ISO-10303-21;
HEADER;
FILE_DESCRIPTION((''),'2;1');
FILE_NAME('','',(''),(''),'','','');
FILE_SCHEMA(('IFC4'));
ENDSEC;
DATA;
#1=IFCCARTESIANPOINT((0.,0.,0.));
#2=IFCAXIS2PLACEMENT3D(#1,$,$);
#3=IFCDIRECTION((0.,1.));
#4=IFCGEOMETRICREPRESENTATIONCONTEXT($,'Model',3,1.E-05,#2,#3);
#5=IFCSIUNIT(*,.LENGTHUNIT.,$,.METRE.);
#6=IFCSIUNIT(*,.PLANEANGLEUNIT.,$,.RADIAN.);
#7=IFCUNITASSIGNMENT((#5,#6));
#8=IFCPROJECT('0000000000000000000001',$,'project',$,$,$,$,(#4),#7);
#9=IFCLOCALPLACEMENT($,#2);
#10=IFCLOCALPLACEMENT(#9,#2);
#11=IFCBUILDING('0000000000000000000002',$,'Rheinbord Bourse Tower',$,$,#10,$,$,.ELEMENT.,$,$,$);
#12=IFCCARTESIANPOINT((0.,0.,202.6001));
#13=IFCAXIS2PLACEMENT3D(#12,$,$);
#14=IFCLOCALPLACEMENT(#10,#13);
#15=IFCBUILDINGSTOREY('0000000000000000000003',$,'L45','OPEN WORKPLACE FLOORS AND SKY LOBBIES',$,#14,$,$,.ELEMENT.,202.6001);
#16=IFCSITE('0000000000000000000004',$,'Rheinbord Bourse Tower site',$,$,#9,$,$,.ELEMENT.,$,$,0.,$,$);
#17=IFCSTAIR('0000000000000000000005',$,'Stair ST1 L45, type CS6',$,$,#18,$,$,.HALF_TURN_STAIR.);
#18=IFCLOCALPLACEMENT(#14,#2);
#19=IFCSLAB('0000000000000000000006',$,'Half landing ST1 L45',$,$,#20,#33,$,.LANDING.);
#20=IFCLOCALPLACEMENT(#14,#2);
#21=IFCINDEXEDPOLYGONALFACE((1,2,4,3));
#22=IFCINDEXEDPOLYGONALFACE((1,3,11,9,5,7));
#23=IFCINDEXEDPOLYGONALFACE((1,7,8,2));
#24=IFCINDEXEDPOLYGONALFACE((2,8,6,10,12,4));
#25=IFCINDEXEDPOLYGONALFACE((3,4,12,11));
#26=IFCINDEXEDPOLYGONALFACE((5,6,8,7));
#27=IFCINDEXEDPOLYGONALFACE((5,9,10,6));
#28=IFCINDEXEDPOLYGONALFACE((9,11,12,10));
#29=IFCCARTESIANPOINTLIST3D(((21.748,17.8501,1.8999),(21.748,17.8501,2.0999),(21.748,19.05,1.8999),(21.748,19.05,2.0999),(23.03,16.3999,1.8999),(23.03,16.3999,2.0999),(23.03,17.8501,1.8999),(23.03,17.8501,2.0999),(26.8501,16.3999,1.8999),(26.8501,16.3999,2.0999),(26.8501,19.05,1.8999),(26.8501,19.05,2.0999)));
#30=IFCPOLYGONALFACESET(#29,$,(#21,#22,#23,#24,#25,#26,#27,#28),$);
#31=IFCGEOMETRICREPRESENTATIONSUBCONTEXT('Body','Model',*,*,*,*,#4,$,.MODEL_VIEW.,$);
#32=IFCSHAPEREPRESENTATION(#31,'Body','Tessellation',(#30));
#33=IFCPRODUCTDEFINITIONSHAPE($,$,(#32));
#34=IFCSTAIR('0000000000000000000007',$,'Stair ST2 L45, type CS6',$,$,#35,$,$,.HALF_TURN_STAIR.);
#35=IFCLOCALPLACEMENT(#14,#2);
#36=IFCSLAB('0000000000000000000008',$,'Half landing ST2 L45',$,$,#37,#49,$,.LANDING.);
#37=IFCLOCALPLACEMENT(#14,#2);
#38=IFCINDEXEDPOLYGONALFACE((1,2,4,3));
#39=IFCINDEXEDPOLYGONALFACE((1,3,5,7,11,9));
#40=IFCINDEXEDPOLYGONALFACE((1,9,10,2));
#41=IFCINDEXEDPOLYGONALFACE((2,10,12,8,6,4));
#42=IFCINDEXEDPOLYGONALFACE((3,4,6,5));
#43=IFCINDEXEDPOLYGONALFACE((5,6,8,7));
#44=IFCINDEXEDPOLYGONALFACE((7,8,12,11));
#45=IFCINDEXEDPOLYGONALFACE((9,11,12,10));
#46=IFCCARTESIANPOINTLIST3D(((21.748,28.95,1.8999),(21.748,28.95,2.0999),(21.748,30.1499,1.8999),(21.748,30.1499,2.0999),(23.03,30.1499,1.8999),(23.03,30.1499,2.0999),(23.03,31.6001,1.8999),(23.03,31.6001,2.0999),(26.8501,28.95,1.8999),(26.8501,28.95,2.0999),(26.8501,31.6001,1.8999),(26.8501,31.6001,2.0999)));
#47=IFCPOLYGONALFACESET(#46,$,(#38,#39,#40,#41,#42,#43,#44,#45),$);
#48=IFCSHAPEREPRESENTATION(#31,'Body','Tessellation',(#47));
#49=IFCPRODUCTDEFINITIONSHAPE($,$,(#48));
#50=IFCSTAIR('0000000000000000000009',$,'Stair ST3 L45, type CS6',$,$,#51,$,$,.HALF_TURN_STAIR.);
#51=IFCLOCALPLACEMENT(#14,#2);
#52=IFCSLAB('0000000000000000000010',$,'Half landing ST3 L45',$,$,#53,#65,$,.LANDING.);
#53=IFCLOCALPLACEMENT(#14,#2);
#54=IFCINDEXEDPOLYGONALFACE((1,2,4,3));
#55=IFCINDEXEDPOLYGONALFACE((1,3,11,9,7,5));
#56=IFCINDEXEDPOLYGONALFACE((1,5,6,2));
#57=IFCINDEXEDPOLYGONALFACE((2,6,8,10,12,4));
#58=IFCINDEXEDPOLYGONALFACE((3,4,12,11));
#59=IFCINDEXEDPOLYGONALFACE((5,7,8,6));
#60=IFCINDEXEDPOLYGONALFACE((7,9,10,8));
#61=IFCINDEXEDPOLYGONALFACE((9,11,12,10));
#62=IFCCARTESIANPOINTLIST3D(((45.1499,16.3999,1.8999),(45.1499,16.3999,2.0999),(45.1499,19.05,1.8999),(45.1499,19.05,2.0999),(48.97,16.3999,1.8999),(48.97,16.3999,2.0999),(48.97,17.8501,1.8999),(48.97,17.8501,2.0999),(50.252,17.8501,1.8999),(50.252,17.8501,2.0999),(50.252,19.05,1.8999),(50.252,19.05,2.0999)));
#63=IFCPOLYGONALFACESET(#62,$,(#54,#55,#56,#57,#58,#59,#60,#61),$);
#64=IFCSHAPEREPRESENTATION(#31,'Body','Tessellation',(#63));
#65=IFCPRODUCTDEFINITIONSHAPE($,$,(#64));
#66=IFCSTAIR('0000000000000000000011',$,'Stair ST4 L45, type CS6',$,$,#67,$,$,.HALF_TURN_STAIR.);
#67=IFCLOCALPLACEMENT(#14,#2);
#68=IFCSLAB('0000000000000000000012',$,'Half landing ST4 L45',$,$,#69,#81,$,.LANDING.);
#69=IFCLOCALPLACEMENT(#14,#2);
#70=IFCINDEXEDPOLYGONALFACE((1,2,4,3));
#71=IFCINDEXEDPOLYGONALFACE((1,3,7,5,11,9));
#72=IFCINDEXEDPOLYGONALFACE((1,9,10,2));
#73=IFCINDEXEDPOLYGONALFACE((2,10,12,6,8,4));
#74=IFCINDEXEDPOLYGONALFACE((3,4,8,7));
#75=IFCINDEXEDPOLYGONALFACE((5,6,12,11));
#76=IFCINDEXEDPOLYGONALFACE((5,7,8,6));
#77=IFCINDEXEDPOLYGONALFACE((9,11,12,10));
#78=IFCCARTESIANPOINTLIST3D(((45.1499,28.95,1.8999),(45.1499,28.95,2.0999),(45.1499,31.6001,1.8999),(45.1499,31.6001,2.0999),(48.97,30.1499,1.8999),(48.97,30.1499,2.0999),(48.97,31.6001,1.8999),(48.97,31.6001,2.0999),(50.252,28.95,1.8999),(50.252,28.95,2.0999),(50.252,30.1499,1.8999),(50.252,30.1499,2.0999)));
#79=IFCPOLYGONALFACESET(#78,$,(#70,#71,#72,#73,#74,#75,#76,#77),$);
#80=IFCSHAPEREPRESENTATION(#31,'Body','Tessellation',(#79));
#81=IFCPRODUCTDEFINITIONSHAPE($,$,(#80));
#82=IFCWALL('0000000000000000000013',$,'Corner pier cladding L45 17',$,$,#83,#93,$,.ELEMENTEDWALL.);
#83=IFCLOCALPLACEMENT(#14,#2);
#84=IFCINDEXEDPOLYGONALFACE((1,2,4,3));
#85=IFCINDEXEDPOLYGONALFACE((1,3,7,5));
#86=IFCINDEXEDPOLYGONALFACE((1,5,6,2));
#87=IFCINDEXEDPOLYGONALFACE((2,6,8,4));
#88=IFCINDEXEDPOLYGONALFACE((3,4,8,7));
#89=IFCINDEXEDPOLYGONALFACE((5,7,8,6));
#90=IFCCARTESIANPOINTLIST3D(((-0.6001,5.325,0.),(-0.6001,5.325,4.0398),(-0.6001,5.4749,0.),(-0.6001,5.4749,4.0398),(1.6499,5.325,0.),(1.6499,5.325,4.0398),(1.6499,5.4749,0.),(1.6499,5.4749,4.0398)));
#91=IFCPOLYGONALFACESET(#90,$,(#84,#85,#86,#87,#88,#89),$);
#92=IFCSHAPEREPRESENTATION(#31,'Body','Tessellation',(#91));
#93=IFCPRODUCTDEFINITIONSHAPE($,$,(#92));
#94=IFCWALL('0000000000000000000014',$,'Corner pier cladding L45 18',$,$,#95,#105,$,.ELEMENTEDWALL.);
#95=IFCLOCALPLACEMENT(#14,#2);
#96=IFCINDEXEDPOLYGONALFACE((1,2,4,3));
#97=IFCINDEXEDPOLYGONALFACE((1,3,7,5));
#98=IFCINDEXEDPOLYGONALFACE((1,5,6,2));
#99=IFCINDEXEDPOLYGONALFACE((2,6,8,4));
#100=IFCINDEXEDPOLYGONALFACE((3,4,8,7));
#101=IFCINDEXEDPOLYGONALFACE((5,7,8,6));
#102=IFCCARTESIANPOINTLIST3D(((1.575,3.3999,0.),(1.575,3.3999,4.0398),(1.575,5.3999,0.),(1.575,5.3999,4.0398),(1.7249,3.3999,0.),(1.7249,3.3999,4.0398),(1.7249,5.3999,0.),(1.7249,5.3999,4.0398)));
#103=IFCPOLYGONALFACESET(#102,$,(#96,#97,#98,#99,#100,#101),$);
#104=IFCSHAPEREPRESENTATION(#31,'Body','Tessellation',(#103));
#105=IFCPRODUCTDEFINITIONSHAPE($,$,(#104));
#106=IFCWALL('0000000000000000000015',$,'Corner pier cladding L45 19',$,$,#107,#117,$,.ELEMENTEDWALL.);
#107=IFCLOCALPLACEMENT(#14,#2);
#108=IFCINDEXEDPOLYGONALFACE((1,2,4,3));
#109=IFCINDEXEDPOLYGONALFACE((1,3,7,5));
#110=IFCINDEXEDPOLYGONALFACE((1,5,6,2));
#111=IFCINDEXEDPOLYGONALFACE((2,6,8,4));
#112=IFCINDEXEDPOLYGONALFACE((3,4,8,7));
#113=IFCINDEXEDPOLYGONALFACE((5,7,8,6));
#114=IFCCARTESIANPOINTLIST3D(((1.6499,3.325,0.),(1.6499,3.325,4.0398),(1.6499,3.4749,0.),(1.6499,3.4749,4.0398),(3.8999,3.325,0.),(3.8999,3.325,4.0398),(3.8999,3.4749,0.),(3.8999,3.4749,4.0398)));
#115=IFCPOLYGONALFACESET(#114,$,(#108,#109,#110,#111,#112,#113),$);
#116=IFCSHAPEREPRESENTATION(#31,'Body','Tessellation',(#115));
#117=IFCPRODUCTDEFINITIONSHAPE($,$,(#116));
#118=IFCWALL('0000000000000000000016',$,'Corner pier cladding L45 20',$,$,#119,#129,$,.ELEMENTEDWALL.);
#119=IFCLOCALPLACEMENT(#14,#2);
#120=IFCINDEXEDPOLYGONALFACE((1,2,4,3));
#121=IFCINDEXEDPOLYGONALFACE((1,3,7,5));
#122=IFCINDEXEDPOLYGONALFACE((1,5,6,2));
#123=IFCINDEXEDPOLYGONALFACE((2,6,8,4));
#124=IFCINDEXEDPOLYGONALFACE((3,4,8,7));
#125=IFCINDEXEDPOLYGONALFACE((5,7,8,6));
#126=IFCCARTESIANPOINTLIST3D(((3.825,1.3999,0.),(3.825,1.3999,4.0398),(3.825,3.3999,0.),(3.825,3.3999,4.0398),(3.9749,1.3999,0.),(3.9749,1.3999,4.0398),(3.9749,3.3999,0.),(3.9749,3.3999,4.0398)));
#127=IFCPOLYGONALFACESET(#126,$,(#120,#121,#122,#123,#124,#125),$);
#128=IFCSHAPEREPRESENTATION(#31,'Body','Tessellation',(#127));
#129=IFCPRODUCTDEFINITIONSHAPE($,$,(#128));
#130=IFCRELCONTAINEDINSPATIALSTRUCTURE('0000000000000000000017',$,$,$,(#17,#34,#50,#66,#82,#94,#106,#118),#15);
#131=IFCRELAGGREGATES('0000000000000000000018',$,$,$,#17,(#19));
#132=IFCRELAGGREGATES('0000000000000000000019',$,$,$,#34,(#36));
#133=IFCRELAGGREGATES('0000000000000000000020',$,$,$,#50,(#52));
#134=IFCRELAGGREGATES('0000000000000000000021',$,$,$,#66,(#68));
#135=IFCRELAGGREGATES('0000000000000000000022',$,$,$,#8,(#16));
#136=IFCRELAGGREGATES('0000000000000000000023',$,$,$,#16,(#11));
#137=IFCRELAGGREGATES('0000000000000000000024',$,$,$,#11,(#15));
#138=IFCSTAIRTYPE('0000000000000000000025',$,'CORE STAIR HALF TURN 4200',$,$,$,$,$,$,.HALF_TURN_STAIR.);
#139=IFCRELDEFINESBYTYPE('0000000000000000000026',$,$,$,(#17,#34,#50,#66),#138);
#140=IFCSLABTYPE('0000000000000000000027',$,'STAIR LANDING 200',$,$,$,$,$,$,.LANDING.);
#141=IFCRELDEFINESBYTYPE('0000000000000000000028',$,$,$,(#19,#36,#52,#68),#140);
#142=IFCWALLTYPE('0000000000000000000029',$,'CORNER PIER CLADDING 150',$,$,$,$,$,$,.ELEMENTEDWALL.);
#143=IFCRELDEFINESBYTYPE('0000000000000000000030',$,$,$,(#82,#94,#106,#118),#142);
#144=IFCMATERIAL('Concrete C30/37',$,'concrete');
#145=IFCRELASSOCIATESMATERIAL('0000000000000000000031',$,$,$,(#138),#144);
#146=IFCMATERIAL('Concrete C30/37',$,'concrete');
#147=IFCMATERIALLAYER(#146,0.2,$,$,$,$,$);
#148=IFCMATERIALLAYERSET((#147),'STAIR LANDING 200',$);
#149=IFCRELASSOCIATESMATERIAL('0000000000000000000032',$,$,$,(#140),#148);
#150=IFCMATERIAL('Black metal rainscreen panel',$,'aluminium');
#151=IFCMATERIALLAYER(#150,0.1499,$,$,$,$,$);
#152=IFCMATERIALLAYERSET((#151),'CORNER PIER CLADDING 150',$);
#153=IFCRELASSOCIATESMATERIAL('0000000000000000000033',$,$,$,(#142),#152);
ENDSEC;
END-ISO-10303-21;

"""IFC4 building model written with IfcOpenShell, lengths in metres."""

from ifc_helpers import new_model, si_unit, direction, frame, frame_2d, origin, place, context, subcontext, project, spatial, polyline, rectangle, outline, extrude, material, layer, layer_set, type_object, element, aggregate, save


model = new_model("IFC4")

# Units and contexts
model_context = context("Model", 3, precision=1e-05, world=origin(), true_north=direction((0.0, 1.0)))
body_context = subcontext(model_context, "Body", "Model", "MODEL_VIEW")
ifc_project = project(units=[si_unit("LENGTHUNIT", "METRE"), si_unit("PLANEANGLEUNIT", "RADIAN")], contexts=[model_context])

# Site, building, storey
site_placement = place(None, origin())
site = spatial("IfcSite", under=ifc_project, at=site_placement, Name="Rheinbord Bourse Tower site", CompositionType="ELEMENT", RefElevation=0.0)
building_placement = place(site_placement, origin())
building = spatial("IfcBuilding", under=site, at=building_placement, Name="Rheinbord Bourse Tower", CompositionType="ELEMENT")
storey_placement = place(building_placement, frame((0.0, 0.0, 202.6001)))
storey = spatial("IfcBuildingStorey", under=building, at=storey_placement, Name="L45", Description="OPEN WORKPLACE FLOORS AND SKY LOBBIES", CompositionType="ELEMENT", Elevation=202.6001)

# Stairs, slabs
ifc_material_1 = material(Name="Concrete C30/37", Category="concrete")
stair_type = type_object("IfcStairType", Name="CORE STAIR HALF TURN 4200", PredefinedType="HALF_TURN_STAIR", material=ifc_material_1)
stair_1_placement = place(storey_placement, origin())
stair_1 = element("IfcStair", 1, at=stair_1_placement, inside=storey, type_object=stair_type, Name="Stair ST1 L45, type CS6", PredefinedType="HALF_TURN_STAIR")
ifc_material_2 = material(Name="Concrete C30/37", Category="concrete")
ifc_layer_1 = layer(ifc_material_2, 0.2)
ifc_layer_set_1 = layer_set([ifc_layer_1], Name="STAIR LANDING 200")
slab_type_1 = type_object("IfcSlabType", Name="STAIR LANDING 200", PredefinedType="LANDING", material=ifc_layer_set_1)
slab_1_placement = place(storey_placement, frame((0.0, 0.0, 1.8999)))
slab_1 = element("IfcSlab", 2, at=slab_1_placement, type_object=slab_type_1, Name="Half landing ST1 L45", PredefinedType="LANDING", context=body_context, shape_type="SweptSolid", body=[
    extrude(outline(polyline([(23.03, 16.3999), (26.8501, 16.3999), (26.8501, 19.05), (21.748, 19.05), (21.748, 17.8501), (23.03, 17.8501), (23.03, 16.3999)])), origin(), (0.0, 0.0, 1.0), 0.2),
])
aggregate(stair_1, [slab_1])
stair_2_placement = place(storey_placement, origin())
stair_2 = element("IfcStair", 3, at=stair_2_placement, inside=storey, type_object=stair_type, Name="Stair ST2 L45, type CS6", PredefinedType="HALF_TURN_STAIR")
slab_2_placement = place(storey_placement, frame((0.0, 0.0, 1.8999)))
slab_2 = element("IfcSlab", 4, at=slab_2_placement, type_object=slab_type_1, Name="Half landing ST2 L45", PredefinedType="LANDING", context=body_context, shape_type="SweptSolid", body=[
    extrude(outline(polyline([(21.748, 28.95), (26.8501, 28.95), (26.8501, 31.6001), (23.03, 31.6001), (23.03, 30.1499), (21.748, 30.1499), (21.748, 28.95)])), origin(), (0.0, 0.0, 1.0), 0.2),
])
aggregate(stair_2, [slab_2])
stair_3_placement = place(storey_placement, origin())
stair_3 = element("IfcStair", 5, at=stair_3_placement, inside=storey, type_object=stair_type, Name="Stair ST3 L45, type CS6", PredefinedType="HALF_TURN_STAIR")
slab_3_placement = place(storey_placement, frame((0.0, 0.0, 1.8999)))
slab_3 = element("IfcSlab", 6, at=slab_3_placement, type_object=slab_type_1, Name="Half landing ST3 L45", PredefinedType="LANDING", context=body_context, shape_type="SweptSolid", body=[
    extrude(outline(polyline([(45.1499, 16.3999), (48.97, 16.3999), (48.97, 17.8501), (50.252, 17.8501), (50.252, 19.05), (45.1499, 19.05), (45.1499, 16.3999)])), origin(), (0.0, 0.0, 1.0), 0.2),
])
aggregate(stair_3, [slab_3])
stair_4_placement = place(storey_placement, origin())
stair_4 = element("IfcStair", 7, at=stair_4_placement, inside=storey, type_object=stair_type, Name="Stair ST4 L45, type CS6", PredefinedType="HALF_TURN_STAIR")
slab_4_placement = place(storey_placement, frame((0.0, 0.0, 1.8999)))
slab_4 = element("IfcSlab", 8, at=slab_4_placement, type_object=slab_type_1, Name="Half landing ST4 L45", PredefinedType="LANDING", context=body_context, shape_type="SweptSolid", body=[
    extrude(outline(polyline([(45.1499, 28.95), (50.252, 28.95), (50.252, 30.1499), (48.97, 30.1499), (48.97, 31.6001), (45.1499, 31.6001), (45.1499, 28.95)])), origin(), (0.0, 0.0, 1.0), 0.2),
])
aggregate(stair_4, [slab_4])

# Walls
ifc_material_3 = material(Name="Black metal rainscreen panel", Category="aluminium")
ifc_layer_2 = layer(ifc_material_3, 0.1499)
ifc_layer_set_2 = layer_set([ifc_layer_2], Name="CORNER PIER CLADDING 150")
wall_type = type_object("IfcWallType", Name="CORNER PIER CLADDING 150", PredefinedType="ELEMENTEDWALL", material=ifc_layer_set_2)
wall_1_placement = place(storey_placement, frame((-0.6001, 5.3999, 0.0), z_axis=(0.0, 0.0, 1.0), x_axis=(1.0, 0.0, 0.0)))
element("IfcWall", 9, at=wall_1_placement, inside=storey, type_object=wall_type, Name="Corner pier cladding L45 17", PredefinedType="ELEMENTEDWALL", context=body_context, shape_type="SweptSolid", body=[
    extrude(rectangle(XDim=2.25, YDim=0.1499, at=frame_2d((1.125, 0.0))), origin(), (0.0, 0.0, 1.0), 4.0398),
])
wall_2_placement = place(storey_placement, frame((1.6499, 5.3999, 0.0), z_axis=(0.0, 0.0, 1.0), x_axis=(0.0, -1.0, 0.0)))
element("IfcWall", 10, at=wall_2_placement, inside=storey, type_object=wall_type, Name="Corner pier cladding L45 18", PredefinedType="ELEMENTEDWALL", context=body_context, shape_type="SweptSolid", body=[
    extrude(rectangle(XDim=2.0, YDim=0.1499, at=frame_2d((1.0, 0.0))), origin(), (0.0, 0.0, 1.0), 4.0398),
])
wall_3_placement = place(storey_placement, frame((1.6499, 3.3999, 0.0), z_axis=(0.0, 0.0, 1.0), x_axis=(1.0, 0.0, 0.0)))
element("IfcWall", 11, at=wall_3_placement, inside=storey, type_object=wall_type, Name="Corner pier cladding L45 19", PredefinedType="ELEMENTEDWALL", context=body_context, shape_type="SweptSolid", body=[
    extrude(rectangle(XDim=2.25, YDim=0.1499, at=frame_2d((1.125, 0.0))), origin(), (0.0, 0.0, 1.0), 4.0398),
])
wall_4_placement = place(storey_placement, frame((3.8999, 3.3999, 0.0), z_axis=(0.0, 0.0, 1.0), x_axis=(0.0, -1.0, 0.0)))
element("IfcWall", 12, at=wall_4_placement, inside=storey, type_object=wall_type, Name="Corner pier cladding L45 20", PredefinedType="ELEMENTEDWALL", context=body_context, shape_type="SweptSolid", body=[
    extrude(rectangle(XDim=2.0, YDim=0.1499, at=frame_2d((1.0, 0.0))), origin(), (0.0, 0.0, 1.0), 4.0398),
])

save(model, "model.ifc")
